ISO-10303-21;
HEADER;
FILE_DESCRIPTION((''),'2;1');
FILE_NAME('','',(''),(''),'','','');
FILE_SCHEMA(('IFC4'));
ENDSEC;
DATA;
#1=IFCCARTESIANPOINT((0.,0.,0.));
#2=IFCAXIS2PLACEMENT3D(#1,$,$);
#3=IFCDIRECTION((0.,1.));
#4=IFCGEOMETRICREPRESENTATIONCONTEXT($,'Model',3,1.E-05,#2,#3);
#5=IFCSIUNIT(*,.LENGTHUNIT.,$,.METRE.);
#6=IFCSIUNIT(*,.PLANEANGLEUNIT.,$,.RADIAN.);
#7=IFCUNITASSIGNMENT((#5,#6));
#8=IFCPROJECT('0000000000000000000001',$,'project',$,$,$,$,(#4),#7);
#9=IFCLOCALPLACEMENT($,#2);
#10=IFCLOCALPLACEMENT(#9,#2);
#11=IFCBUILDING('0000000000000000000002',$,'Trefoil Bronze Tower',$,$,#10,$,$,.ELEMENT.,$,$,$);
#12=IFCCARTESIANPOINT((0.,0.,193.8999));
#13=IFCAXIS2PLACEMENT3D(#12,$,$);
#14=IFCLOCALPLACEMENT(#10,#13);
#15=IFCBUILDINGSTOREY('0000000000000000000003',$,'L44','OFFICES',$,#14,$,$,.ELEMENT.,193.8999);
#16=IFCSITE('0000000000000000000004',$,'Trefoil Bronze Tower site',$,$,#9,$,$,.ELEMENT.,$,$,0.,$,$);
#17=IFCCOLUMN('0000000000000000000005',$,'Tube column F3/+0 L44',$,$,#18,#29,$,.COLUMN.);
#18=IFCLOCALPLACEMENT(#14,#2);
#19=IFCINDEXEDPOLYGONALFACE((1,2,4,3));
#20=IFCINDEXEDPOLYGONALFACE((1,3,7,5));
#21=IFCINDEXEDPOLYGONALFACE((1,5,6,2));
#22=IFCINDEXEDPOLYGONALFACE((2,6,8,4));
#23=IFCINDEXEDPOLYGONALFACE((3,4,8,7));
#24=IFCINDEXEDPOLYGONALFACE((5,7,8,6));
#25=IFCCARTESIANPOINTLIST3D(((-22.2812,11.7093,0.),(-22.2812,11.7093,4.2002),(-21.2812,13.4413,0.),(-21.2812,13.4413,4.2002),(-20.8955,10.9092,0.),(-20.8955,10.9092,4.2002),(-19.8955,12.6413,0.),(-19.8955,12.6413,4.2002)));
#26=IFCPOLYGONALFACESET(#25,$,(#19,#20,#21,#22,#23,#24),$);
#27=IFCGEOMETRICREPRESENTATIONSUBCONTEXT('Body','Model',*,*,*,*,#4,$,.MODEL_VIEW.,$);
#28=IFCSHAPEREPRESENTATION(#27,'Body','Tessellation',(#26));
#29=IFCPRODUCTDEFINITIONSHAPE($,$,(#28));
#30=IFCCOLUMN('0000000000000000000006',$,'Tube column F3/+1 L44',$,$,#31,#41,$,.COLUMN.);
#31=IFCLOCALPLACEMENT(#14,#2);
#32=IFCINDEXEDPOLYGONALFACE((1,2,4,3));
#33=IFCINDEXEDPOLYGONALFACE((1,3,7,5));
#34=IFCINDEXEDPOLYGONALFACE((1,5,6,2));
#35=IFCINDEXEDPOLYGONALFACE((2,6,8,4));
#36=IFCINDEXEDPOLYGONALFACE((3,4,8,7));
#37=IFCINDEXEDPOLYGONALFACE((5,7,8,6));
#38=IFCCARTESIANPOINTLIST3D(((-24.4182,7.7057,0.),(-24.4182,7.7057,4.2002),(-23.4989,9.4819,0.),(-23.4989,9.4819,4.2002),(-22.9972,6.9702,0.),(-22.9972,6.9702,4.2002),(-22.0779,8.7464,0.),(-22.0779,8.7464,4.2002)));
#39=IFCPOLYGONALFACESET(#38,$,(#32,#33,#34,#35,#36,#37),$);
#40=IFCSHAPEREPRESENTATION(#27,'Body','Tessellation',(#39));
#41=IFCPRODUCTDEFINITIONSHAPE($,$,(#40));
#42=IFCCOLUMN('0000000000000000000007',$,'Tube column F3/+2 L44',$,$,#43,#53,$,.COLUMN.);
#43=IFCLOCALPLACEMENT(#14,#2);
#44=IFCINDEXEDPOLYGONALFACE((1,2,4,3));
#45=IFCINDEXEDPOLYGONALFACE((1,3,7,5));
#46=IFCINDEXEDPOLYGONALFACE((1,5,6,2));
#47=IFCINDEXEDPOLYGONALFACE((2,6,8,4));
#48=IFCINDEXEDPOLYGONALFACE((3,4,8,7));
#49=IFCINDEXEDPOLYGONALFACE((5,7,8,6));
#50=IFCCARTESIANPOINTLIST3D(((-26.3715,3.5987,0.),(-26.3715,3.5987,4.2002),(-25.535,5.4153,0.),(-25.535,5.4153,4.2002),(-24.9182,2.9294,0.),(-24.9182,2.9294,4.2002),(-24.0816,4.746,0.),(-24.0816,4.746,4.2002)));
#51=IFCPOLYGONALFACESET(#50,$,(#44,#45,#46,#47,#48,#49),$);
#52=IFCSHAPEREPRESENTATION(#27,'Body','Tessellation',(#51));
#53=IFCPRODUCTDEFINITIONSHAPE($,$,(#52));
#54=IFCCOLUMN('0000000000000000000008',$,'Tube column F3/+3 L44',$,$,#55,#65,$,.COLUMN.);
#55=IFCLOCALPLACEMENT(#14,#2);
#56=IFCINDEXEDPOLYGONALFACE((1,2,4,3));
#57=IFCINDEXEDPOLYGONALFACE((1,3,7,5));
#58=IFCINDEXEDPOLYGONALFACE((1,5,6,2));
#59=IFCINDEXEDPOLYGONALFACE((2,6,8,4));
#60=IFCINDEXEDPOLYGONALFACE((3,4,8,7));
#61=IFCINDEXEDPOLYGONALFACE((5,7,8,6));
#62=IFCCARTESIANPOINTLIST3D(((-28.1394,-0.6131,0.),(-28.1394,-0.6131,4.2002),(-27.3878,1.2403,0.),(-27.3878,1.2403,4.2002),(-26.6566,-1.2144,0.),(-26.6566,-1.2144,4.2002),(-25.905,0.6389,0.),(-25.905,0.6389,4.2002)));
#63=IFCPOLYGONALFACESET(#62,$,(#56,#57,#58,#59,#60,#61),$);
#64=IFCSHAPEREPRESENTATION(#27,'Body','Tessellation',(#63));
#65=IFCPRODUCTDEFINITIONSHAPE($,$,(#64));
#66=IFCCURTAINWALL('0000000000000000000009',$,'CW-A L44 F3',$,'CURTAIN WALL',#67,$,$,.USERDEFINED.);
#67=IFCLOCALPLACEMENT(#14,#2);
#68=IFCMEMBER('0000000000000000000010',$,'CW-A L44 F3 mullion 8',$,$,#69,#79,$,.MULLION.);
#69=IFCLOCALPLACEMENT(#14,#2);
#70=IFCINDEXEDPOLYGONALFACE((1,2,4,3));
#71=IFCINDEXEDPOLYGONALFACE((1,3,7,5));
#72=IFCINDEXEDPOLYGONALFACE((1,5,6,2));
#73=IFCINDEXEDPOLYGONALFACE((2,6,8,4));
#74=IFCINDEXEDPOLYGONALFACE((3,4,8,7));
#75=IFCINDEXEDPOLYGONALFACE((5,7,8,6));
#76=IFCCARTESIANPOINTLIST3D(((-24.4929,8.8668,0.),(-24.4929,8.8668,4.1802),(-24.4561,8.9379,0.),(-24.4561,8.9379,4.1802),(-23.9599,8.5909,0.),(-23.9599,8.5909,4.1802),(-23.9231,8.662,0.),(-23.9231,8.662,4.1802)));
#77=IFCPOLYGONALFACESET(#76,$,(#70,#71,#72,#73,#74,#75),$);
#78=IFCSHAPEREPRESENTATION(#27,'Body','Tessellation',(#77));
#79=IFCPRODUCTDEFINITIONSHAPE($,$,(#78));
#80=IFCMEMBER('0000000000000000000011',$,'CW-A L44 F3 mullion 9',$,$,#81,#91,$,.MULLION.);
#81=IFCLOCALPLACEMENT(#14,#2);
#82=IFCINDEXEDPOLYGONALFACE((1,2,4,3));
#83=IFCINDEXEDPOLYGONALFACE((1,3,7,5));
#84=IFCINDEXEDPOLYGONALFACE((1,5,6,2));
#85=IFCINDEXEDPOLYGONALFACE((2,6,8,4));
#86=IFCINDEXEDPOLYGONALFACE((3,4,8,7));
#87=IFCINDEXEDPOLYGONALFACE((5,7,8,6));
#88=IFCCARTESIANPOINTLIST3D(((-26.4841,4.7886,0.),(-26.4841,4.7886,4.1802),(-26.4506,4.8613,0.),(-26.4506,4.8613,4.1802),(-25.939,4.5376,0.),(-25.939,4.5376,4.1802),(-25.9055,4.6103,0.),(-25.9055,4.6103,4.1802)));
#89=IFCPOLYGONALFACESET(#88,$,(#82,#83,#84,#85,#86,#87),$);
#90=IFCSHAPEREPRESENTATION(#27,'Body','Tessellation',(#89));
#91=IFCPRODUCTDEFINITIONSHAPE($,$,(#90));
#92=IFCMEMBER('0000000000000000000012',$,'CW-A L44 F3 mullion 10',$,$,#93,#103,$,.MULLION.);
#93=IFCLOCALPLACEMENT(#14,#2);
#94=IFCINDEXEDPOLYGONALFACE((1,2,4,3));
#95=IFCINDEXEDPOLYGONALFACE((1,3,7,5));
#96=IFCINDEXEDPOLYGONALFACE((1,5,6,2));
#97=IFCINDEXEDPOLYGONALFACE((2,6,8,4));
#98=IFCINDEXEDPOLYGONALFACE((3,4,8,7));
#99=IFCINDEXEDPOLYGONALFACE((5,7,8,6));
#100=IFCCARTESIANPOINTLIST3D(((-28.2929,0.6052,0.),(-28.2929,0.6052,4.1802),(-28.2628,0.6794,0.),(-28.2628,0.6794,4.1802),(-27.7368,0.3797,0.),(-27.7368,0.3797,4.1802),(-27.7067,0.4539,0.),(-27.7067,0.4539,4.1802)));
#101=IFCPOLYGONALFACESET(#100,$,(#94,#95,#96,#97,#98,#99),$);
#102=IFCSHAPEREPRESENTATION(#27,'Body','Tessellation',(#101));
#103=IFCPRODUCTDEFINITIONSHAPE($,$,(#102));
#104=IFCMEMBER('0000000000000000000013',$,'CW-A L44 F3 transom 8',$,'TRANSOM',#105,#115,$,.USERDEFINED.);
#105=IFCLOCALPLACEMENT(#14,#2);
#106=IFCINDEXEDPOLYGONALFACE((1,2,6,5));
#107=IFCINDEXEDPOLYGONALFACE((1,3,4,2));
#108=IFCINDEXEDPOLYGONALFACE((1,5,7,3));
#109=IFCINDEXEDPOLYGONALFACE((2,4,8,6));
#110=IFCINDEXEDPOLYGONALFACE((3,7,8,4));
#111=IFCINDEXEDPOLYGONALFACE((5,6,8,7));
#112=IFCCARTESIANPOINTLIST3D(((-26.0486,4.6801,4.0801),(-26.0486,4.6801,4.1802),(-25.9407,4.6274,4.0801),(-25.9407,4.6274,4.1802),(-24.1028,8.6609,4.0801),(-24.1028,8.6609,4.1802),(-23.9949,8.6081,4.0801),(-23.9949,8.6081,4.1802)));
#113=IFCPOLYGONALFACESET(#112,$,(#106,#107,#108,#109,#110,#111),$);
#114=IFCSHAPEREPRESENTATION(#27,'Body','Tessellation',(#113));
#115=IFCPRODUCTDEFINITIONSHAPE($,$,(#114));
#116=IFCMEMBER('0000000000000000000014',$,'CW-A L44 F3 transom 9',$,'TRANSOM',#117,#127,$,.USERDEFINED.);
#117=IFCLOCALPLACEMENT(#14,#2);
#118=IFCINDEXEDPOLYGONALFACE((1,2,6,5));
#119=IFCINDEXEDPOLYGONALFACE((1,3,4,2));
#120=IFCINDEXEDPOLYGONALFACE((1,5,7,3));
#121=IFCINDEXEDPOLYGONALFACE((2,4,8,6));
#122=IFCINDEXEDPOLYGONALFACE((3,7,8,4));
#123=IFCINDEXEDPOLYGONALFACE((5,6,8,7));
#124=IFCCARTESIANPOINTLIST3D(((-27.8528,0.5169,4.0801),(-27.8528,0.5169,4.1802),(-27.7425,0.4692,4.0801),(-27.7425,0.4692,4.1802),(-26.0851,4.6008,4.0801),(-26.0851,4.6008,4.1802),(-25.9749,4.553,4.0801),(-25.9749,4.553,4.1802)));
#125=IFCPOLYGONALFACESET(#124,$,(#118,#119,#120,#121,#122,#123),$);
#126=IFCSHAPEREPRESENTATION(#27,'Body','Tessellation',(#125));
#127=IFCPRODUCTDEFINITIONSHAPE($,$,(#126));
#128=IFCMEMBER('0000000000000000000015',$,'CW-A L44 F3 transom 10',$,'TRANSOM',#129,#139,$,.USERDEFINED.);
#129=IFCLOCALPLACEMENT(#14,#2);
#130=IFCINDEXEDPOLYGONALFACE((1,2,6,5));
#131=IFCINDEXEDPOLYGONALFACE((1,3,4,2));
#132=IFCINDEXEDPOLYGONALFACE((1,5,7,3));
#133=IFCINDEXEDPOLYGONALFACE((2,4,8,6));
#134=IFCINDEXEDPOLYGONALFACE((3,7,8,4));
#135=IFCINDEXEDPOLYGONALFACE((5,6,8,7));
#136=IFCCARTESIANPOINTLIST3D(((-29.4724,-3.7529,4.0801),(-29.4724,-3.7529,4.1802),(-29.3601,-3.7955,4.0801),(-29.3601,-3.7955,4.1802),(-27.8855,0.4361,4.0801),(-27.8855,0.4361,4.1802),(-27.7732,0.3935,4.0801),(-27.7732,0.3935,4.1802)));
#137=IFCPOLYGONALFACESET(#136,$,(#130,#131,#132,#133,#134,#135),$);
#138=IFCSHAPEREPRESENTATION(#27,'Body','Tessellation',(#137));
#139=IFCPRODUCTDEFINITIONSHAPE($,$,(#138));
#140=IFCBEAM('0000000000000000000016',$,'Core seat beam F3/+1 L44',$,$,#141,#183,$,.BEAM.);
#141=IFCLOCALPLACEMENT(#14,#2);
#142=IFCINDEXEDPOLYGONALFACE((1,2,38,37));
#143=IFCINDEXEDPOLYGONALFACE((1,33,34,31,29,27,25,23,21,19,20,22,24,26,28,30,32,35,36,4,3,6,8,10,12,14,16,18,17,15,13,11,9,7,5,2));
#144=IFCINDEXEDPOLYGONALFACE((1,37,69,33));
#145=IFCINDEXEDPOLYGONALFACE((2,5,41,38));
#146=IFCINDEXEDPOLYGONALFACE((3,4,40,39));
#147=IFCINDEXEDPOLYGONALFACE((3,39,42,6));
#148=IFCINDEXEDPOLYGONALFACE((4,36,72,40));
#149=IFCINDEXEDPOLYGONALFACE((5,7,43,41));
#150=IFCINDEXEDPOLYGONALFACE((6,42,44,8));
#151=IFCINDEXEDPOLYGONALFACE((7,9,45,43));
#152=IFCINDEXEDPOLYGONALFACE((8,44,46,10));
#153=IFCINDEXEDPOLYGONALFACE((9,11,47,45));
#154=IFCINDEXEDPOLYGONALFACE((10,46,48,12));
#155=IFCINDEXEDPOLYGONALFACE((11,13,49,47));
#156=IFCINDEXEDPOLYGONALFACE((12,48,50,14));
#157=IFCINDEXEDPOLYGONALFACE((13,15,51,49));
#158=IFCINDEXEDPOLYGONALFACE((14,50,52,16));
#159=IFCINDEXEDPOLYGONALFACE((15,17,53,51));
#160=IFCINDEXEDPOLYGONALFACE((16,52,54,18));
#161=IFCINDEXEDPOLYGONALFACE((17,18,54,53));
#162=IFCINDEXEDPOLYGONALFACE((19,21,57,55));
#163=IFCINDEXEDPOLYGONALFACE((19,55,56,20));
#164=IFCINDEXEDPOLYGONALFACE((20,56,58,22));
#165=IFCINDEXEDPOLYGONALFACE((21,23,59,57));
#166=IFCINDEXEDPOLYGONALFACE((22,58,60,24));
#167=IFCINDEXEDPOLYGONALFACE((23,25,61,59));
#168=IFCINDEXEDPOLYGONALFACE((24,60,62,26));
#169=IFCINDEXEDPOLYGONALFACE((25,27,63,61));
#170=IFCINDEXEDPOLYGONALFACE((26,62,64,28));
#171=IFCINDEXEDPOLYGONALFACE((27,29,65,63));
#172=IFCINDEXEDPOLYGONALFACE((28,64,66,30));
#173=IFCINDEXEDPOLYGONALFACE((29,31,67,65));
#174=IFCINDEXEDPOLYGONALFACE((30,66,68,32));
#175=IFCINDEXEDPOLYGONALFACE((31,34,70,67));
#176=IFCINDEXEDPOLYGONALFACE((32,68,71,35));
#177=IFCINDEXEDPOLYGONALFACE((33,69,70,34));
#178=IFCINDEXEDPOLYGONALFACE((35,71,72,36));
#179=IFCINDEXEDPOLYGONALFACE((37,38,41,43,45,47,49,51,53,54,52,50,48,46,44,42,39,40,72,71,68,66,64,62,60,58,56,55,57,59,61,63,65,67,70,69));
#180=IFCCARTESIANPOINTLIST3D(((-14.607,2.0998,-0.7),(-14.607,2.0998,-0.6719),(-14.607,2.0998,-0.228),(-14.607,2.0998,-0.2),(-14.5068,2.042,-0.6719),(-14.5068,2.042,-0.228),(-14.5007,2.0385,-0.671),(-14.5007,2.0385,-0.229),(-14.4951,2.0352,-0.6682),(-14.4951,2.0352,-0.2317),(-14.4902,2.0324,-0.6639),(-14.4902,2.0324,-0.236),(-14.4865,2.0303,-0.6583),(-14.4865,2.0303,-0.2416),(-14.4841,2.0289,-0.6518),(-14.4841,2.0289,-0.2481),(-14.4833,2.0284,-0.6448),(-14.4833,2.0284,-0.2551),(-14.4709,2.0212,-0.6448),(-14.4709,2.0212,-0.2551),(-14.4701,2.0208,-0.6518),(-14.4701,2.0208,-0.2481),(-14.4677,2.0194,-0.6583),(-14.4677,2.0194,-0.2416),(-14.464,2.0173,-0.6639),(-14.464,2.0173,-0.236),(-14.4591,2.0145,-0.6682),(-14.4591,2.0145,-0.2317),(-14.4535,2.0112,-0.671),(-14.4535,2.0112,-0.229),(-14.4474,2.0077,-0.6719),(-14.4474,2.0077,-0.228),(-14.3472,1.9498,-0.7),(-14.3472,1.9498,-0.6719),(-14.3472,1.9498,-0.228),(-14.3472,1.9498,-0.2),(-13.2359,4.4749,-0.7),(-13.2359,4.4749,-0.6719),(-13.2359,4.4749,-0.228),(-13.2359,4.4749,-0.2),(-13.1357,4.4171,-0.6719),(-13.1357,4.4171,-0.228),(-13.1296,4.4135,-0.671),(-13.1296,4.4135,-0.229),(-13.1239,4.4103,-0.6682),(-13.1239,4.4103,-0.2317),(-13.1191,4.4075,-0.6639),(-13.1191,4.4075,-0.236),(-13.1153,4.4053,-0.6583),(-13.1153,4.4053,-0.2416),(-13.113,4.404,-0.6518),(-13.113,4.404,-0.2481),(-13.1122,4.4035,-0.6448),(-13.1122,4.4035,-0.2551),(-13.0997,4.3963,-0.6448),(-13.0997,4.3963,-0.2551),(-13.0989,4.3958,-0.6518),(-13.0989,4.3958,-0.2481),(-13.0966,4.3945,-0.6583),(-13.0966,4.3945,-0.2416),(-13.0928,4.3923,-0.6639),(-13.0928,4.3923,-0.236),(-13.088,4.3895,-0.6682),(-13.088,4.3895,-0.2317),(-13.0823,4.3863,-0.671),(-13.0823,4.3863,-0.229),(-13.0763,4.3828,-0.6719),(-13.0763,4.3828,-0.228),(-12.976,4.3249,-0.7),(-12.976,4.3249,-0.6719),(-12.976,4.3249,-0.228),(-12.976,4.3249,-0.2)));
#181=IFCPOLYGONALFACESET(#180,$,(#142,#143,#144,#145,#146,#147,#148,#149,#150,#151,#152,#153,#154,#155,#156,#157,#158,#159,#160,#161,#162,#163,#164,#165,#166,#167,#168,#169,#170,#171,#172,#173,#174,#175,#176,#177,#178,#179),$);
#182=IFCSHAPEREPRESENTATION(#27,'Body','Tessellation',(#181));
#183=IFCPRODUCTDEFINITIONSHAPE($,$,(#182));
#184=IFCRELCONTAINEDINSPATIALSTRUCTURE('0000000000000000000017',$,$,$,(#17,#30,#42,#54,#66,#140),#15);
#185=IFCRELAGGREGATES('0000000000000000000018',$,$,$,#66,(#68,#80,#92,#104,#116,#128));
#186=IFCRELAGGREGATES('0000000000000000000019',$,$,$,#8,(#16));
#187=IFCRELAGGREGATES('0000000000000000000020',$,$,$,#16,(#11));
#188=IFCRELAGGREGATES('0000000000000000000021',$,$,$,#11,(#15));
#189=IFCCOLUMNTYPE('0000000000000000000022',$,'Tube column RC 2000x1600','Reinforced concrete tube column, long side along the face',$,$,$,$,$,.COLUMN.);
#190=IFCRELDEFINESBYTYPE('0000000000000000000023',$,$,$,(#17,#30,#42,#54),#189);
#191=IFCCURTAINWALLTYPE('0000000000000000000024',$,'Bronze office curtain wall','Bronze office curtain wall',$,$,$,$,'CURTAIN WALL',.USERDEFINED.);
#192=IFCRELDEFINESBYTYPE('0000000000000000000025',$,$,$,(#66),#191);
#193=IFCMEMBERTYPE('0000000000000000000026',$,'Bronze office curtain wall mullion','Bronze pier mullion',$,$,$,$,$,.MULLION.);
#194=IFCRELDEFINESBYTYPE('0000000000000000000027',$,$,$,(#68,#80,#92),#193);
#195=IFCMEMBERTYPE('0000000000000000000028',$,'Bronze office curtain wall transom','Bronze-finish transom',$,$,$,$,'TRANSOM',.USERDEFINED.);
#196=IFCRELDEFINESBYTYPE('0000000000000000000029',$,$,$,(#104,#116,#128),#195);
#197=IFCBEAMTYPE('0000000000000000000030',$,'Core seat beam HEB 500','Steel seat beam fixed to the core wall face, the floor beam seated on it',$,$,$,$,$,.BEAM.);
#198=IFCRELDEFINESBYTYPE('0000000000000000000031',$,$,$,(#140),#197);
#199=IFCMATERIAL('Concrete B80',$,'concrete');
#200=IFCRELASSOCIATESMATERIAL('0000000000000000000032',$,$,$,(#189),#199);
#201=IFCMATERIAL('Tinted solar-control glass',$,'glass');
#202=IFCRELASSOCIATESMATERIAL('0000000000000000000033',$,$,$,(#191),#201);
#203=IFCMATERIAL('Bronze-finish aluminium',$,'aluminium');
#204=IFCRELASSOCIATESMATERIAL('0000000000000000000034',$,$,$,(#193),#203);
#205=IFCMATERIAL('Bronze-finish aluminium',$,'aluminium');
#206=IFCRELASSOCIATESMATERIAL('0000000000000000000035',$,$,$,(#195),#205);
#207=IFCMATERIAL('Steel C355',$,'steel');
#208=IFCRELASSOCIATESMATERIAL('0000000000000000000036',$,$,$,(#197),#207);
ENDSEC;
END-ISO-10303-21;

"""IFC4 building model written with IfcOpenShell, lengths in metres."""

from ifc_helpers import new_model, si_unit, direction, frame, origin, origin_2d, place, context, subcontext, project, spatial, rectangle, i_section, extrude, material, material_profile, profile_set, type_object, element, aggregate, save


model = new_model("IFC4")

# Units and contexts
model_context = context("Model", 3, precision=1e-05, world=origin(), true_north=direction((0.0, 1.0)))
body_context = subcontext(model_context, "Body", "Model", "MODEL_VIEW")
ifc_project = project(units=[si_unit("LENGTHUNIT", "METRE"), si_unit("PLANEANGLEUNIT", "RADIAN")], contexts=[model_context])

# Site, building, storey
site_placement = place(None, origin())
site = spatial("IfcSite", under=ifc_project, at=site_placement, Name="Trefoil Bronze Tower site", CompositionType="ELEMENT", RefElevation=0.0)
building_placement = place(site_placement, origin())
building = spatial("IfcBuilding", under=site, at=building_placement, Name="Trefoil Bronze Tower", CompositionType="ELEMENT")
storey_placement = place(building_placement, frame((0.0, 0.0, 193.8999)))
storey = spatial("IfcBuildingStorey", under=building, at=storey_placement, Name="L44", Description="OFFICES", CompositionType="ELEMENT", Elevation=193.8999)

# Columns
ifc_material_1 = material(Name="Concrete B80", Category="concrete")
ifc_material_profile_1 = material_profile(ifc_material_1, rectangle(XDim=2.0, YDim=1.6001, at=origin_2d()), Name="RC 2000x1600")
ifc_profile_set_1 = profile_set([ifc_material_profile_1], Name="Concrete B80")
column_type = type_object("IfcColumnType", Name="Tube column RC 2000x1600", Description="Reinforced concrete tube column, long side along the face", PredefinedType="COLUMN", material=ifc_profile_set_1)
for number, where, z_axis, x_axis, name in (
    (1, (-21.0884, 12.1753, 0.0), (0.0, 0.0, 1.0), (-0.5, -0.866025, 0.0), "Tube column F3/+0 L44"),
    (2, (-23.248, 8.2261, 0.0), (0.0, 0.0, 1.0), (-0.459673, -0.888088, 0.0), "Tube column F3/+1 L44"),
    (3, (-25.2266, 4.1724, 0.0), (0.0, 0.0, 1.0), (-0.418286, -0.908315, 0.0), "Tube column F3/+2 L44"),
    (4, (-27.0222, 0.0129, 0.0), (0.0, 0.0, 1.0), (-0.375828, -0.926689, 0.0), "Tube column F3/+3 L44"),
):
    element("IfcColumn", number, at=place(storey_placement, frame(where, z_axis=z_axis, x_axis=x_axis)), inside=storey, type_object=column_type, Name=name, PredefinedType="COLUMN", context=body_context, shape_type="SweptSolid", body=[
        extrude(rectangle(XDim=2.0, YDim=1.6001, at=origin_2d()), origin(), (0.0, 0.0, 1.0), 4.2002),
    ])

# Curtain wall, members
ifc_material_2 = material(Name="Tinted solar-control glass", Category="glass")
curtain_wall_type = type_object("IfcCurtainWallType", Name="Bronze office curtain wall", Description="Bronze office curtain wall", ElementType="CURTAIN WALL", PredefinedType="USERDEFINED", material=ifc_material_2)
curtain_wall_placement = place(storey_placement, origin())
curtain_wall = element("IfcCurtainWall", 5, at=curtain_wall_placement, inside=storey, type_object=curtain_wall_type, Name="CW-A L44 F3", ObjectType="CURTAIN WALL", PredefinedType="USERDEFINED")
ifc_material_3 = material(Name="Bronze-finish aluminium", Category="aluminium")
ifc_material_profile_2 = material_profile(ifc_material_3, rectangle(XDim=0.6001, YDim=0.0801, at=origin_2d()), Name="CW-A mullion")
ifc_profile_set_2 = profile_set([ifc_material_profile_2], Name="Bronze-finish aluminium")
member_type_1 = type_object("IfcMemberType", Name="Bronze office curtain wall mullion", Description="Bronze pier mullion", PredefinedType="MULLION", material=ifc_profile_set_2)
member_1_placement = place(storey_placement, frame((-24.208, 8.7644, 0.0), z_axis=(0.0, 0.0, 1.0), x_axis=(0.888088, -0.459673, 0.0)))
member_1 = element("IfcMember", 6, at=member_1_placement, type_object=member_type_1, Name="CW-A L44 F3 mullion 8", PredefinedType="MULLION", context=body_context, shape_type="SweptSolid", body=[
    extrude(rectangle(XDim=0.6001, YDim=0.0801, at=origin_2d()), origin(), (0.0, 0.0, 1.0), 4.1802),
])
member_2_placement = place(storey_placement, frame((-26.1948, 4.6995, 0.0), z_axis=(0.0, 0.0, 1.0), x_axis=(0.908315, -0.418286, 0.0)))
member_2 = element("IfcMember", 7, at=member_2_placement, type_object=member_type_1, Name="CW-A L44 F3 mullion 9", PredefinedType="MULLION", context=body_context, shape_type="SweptSolid", body=[
    extrude(rectangle(XDim=0.6001, YDim=0.0801, at=origin_2d()), origin(), (0.0, 0.0, 1.0), 4.1802),
])
member_3_placement = place(storey_placement, frame((-27.9998, 0.5295, 0.0), z_axis=(0.0, 0.0, 1.0), x_axis=(0.926689, -0.375828, 0.0)))
member_3 = element("IfcMember", 8, at=member_3_placement, type_object=member_type_1, Name="CW-A L44 F3 mullion 10", PredefinedType="MULLION", context=body_context, shape_type="SweptSolid", body=[
    extrude(rectangle(XDim=0.6001, YDim=0.0801, at=origin_2d()), origin(), (0.0, 0.0, 1.0), 4.1802),
])
ifc_material_4 = material(Name="Bronze-finish aluminium", Category="aluminium")
ifc_material_profile_3 = material_profile(ifc_material_4, rectangle(XDim=0.1201, YDim=0.1001, at=origin_2d()), Name="CW-A transom")
ifc_profile_set_3 = profile_set([ifc_material_profile_3], Name="Bronze-finish aluminium")
member_type_2 = type_object("IfcMemberType", Name="Bronze office curtain wall transom", Description="Bronze-finish transom", ElementType="TRANSOM", PredefinedType="USERDEFINED", material=ifc_profile_set_3)
member_4_placement = place(storey_placement, frame((-24.0488, 8.6345, 4.1301), z_axis=(-0.439151, -0.898413, 0.0), x_axis=(0.898413, -0.439151, 0.0)))
member_4 = element("IfcMember", 9, at=member_4_placement, type_object=member_type_2, Name="CW-A L44 F3 transom 8", ObjectType="TRANSOM", PredefinedType="USERDEFINED", context=body_context, shape_type="SweptSolid", body=[
    extrude(rectangle(XDim=0.1201, YDim=0.1001, at=origin_2d()), origin(), (0.0, 0.0, 1.0), 4.4309),
])
member_5_placement = place(storey_placement, frame((-26.03, 4.5769, 4.1301), z_axis=(-0.397221, -0.917723, 0.0), x_axis=(0.917723, -0.397221, 0.0)))
member_5 = element("IfcMember", 10, at=member_5_placement, type_object=member_type_2, Name="CW-A L44 F3 transom 9", ObjectType="TRANSOM", PredefinedType="USERDEFINED", context=body_context, shape_type="SweptSolid", body=[
    extrude(rectangle(XDim=0.1201, YDim=0.1001, at=origin_2d()), origin(), (0.0, 0.0, 1.0), 4.45),
])
member_6_placement = place(storey_placement, frame((-27.8293, 0.4148, 4.1301), z_axis=(-0.354263, -0.935146, 0.0), x_axis=(0.935146, -0.354263, 0.0)))
member_6 = element("IfcMember", 11, at=member_6_placement, type_object=member_type_2, Name="CW-A L44 F3 transom 10", ObjectType="TRANSOM", PredefinedType="USERDEFINED", context=body_context, shape_type="SweptSolid", body=[
    extrude(rectangle(XDim=0.1201, YDim=0.1001, at=origin_2d()), origin(), (0.0, 0.0, 1.0), 4.4795),
])

# Beam
ifc_material_5 = material(Name="Steel C355", Category="steel")
ifc_material_profile_4 = material_profile(ifc_material_5, i_section(OverallWidth=0.3, OverallDepth=0.5, WebThickness=0.0144, FlangeThickness=0.0281, FilletRadius=0.0271, at=origin_2d()), Name="HEB 500")
ifc_profile_set_4 = profile_set([ifc_material_profile_4], Name="Steel C355")
beam_type_1 = type_object("IfcBeamType", Name="Core seat beam HEB 500", Description="Steel seat beam fixed to the core wall face, the floor beam seated on it", PredefinedType="BEAM", material=ifc_profile_set_4)
beam_1_placement = place(storey_placement, frame((-13.106, 4.3999, -0.45), z_axis=(-0.499969, -0.866043, 0.0), x_axis=(0.866043, -0.499969, 0.0)))
element("IfcBeam", 12, at=beam_1_placement, inside=storey, type_object=beam_type_1, Name="Core seat beam F3/+1 L44", PredefinedType="BEAM", context=body_context, shape_type="SweptSolid", body=[
    extrude(i_section(OverallWidth=0.3, OverallDepth=0.5, WebThickness=0.0144, FlangeThickness=0.0281, FilletRadius=0.0271, at=origin_2d()), origin(), (0.0, 0.0, 1.0), 2.7424),
])

aggregate(curtain_wall, [member_1, member_2, member_3, member_4, member_5, member_6])

save(model, "model.ifc")
